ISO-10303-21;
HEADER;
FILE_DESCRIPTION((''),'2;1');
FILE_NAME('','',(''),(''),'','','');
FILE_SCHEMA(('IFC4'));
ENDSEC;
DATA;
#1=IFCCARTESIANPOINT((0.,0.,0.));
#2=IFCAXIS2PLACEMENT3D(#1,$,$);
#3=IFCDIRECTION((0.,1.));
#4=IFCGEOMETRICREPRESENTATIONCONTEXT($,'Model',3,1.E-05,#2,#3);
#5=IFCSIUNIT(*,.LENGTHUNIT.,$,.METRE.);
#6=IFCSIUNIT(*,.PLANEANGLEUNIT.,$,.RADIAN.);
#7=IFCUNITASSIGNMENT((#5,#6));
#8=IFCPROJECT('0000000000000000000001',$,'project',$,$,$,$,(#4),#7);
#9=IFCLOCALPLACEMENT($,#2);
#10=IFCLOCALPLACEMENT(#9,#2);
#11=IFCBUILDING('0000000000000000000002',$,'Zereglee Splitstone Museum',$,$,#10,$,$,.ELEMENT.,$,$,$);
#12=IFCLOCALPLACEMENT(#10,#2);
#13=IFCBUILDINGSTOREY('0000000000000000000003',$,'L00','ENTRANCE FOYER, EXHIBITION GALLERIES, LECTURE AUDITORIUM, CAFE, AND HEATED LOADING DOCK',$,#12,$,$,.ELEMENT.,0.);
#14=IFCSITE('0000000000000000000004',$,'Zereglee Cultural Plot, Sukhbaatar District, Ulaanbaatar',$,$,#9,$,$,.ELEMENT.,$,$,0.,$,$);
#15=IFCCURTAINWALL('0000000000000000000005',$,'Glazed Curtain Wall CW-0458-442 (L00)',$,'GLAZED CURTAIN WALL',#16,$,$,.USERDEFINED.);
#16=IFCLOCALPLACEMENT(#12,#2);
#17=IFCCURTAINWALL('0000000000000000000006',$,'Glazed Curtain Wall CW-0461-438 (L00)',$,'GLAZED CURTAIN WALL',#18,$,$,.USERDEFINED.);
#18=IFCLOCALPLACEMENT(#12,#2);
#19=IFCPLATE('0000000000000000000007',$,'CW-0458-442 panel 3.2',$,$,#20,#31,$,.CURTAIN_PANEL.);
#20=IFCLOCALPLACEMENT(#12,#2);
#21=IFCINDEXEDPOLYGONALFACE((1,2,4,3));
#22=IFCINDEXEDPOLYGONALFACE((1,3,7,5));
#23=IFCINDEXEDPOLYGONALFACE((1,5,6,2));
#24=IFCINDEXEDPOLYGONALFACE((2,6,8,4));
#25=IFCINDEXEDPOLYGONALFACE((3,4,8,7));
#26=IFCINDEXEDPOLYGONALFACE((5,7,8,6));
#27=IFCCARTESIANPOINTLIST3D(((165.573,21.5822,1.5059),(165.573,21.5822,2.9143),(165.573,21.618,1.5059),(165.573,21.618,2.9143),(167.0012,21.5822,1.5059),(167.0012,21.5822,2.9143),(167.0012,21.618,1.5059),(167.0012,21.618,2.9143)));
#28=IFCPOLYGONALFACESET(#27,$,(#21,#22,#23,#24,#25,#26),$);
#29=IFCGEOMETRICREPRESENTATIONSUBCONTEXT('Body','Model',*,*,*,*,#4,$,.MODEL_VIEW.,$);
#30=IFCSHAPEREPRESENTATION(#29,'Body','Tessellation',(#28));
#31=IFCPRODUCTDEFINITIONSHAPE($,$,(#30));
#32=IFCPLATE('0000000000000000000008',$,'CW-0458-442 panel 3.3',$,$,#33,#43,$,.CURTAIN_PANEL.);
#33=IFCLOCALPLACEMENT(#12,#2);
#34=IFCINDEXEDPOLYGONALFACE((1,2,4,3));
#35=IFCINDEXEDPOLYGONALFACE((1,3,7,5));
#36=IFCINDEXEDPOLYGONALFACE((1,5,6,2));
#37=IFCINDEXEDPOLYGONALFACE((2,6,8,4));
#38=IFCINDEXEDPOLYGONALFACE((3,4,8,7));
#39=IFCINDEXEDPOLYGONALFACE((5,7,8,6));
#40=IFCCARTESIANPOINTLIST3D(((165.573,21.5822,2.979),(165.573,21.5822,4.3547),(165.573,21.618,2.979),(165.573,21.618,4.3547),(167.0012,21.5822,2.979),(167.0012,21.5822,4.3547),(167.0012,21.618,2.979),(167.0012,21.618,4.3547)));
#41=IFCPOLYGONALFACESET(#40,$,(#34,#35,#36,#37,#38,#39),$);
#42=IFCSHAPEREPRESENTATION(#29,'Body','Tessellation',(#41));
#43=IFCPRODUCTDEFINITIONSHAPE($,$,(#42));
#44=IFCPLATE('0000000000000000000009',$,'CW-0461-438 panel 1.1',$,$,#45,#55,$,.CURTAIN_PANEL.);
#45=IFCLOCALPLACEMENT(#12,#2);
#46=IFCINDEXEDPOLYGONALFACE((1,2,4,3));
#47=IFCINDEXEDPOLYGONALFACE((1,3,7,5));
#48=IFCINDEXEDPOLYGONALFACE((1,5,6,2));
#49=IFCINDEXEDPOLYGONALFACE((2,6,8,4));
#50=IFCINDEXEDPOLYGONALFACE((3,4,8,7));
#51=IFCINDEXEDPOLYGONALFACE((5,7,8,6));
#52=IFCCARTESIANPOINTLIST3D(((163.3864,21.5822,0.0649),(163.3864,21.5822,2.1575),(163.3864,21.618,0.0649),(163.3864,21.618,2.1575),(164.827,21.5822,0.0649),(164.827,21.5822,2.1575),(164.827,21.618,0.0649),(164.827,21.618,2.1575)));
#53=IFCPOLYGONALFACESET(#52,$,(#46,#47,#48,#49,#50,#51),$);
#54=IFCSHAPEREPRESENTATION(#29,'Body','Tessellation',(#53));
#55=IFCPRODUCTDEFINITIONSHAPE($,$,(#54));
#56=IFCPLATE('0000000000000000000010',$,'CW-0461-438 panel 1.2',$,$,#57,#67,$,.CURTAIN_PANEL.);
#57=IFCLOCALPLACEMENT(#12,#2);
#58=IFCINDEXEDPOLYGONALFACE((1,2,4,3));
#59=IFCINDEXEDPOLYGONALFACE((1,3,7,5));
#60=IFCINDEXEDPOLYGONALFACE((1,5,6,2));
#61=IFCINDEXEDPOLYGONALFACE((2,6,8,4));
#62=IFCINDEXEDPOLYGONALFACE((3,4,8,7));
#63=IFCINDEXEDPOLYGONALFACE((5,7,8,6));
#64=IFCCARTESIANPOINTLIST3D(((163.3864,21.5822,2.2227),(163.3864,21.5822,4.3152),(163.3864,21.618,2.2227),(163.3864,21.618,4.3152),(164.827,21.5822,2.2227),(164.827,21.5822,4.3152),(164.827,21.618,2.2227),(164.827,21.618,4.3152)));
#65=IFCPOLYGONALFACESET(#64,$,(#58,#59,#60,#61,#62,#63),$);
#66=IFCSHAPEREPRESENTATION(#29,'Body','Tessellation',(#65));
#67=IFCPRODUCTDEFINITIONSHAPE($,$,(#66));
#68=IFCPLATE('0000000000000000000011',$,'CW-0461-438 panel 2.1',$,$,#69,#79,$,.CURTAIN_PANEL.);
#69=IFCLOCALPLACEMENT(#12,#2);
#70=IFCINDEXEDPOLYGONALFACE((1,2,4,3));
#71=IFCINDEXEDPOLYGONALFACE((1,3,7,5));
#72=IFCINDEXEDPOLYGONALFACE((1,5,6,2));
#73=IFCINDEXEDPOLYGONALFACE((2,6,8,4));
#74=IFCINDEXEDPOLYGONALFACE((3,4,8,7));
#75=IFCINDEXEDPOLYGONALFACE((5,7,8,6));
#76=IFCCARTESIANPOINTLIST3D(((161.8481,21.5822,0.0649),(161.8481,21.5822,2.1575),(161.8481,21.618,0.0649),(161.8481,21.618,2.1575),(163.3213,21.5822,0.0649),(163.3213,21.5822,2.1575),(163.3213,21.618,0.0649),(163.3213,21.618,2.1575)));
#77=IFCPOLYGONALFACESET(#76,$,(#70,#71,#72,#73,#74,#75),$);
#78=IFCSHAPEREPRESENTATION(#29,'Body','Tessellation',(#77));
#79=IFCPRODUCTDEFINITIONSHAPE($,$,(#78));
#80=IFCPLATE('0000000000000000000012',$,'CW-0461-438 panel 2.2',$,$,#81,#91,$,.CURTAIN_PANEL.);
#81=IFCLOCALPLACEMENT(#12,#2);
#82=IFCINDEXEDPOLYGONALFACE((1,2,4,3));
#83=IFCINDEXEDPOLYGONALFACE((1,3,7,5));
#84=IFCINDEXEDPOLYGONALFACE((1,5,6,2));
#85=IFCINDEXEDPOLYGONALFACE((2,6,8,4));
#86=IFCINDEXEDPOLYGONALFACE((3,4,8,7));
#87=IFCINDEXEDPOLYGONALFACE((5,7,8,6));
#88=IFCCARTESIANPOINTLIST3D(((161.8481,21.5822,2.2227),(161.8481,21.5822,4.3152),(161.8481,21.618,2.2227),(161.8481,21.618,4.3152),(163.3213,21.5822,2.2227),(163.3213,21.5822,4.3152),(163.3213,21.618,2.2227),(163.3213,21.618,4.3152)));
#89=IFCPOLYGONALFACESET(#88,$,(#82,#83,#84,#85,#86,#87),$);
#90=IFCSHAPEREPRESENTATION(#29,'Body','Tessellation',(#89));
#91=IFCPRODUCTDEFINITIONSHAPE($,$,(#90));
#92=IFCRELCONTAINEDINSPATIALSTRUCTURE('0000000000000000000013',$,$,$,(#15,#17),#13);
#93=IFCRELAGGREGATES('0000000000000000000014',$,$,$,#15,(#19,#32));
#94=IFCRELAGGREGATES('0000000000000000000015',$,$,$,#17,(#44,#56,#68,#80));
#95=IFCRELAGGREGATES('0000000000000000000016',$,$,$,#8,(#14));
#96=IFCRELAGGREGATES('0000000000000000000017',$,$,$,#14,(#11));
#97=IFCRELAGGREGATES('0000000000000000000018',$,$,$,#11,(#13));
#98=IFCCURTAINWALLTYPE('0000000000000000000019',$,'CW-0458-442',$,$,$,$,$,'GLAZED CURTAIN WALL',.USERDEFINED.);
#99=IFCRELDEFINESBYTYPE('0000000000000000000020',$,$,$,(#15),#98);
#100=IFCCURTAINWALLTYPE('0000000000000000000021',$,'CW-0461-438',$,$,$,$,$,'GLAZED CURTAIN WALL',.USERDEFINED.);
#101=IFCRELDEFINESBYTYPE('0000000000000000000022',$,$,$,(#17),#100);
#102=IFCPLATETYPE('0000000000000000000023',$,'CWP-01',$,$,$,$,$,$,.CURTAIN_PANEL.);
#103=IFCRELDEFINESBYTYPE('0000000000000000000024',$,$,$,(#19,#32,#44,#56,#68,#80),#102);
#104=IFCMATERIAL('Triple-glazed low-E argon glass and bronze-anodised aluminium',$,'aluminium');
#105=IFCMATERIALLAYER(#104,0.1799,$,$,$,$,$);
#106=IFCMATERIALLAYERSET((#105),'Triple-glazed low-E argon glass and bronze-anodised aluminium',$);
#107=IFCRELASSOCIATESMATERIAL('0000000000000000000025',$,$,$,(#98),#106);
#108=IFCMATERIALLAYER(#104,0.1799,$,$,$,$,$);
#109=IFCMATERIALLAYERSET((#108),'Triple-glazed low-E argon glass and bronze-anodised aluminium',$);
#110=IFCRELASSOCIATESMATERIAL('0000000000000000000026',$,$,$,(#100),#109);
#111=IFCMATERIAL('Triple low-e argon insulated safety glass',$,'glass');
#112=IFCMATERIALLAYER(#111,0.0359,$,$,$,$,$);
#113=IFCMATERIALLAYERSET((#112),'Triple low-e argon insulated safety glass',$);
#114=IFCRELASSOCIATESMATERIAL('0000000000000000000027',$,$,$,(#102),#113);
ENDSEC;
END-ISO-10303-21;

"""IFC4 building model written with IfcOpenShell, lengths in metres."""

from ifc_helpers import new_model, si_unit, direction, frame, origin, origin_2d, place, context, subcontext, project, spatial, rectangle, extrude, material, layer, layer_set, type_object, element, aggregate, save


model = new_model("IFC4")

# Units and contexts
model_context = context("Model", 3, precision=1e-05, world=origin(), true_north=direction((0.0, 1.0)))
body_context = subcontext(model_context, "Body", "Model", "MODEL_VIEW")
ifc_project = project(units=[si_unit("LENGTHUNIT", "METRE"), si_unit("PLANEANGLEUNIT", "RADIAN")], contexts=[model_context])

# Site, building, storey
site_placement = place(None, origin())
site = spatial("IfcSite", under=ifc_project, at=site_placement, Name="Zereglee Cultural Plot, Sukhbaatar District, Ulaanbaatar", CompositionType="ELEMENT", RefElevation=0.0)
building_placement = place(site_placement, origin())
building = spatial("IfcBuilding", under=site, at=building_placement, Name="Zereglee Splitstone Museum", CompositionType="ELEMENT")
storey_placement = place(building_placement, origin())
storey = spatial("IfcBuildingStorey", under=building, at=storey_placement, Name="L00", Description="ENTRANCE FOYER, EXHIBITION GALLERIES, LECTURE AUDITORIUM, CAFE, AND HEATED LOADING DOCK", CompositionType="ELEMENT", Elevation=0.0)

# Curtain walls
ifc_material_1 = material(Name="Triple-glazed low-E argon glass and bronze-anodised aluminium", Category="aluminium")
ifc_layer_1 = layer(ifc_material_1, 0.1799)
ifc_layer_set_1 = layer_set([ifc_layer_1], Name="Triple-glazed low-E argon glass and bronze-anodised aluminium")
curtain_wall_type_1 = type_object("IfcCurtainWallType", Name="CW-0458-442", ElementType="GLAZED CURTAIN WALL", PredefinedType="USERDEFINED", material=ifc_layer_set_1)
curtain_wall_1_placement = place(storey_placement, origin())
curtain_wall_1 = element("IfcCurtainWall", 1, at=curtain_wall_1_placement, inside=storey, type_object=curtain_wall_type_1, Name="Glazed Curtain Wall CW-0458-442 (L00)", ObjectType="GLAZED CURTAIN WALL", PredefinedType="USERDEFINED")
ifc_layer_2 = layer(ifc_material_1, 0.1799)
ifc_layer_set_2 = layer_set([ifc_layer_2], Name="Triple-glazed low-E argon glass and bronze-anodised aluminium")
curtain_wall_type_2 = type_object("IfcCurtainWallType", Name="CW-0461-438", ElementType="GLAZED CURTAIN WALL", PredefinedType="USERDEFINED", material=ifc_layer_set_2)
curtain_wall_2_placement = place(storey_placement, origin())
curtain_wall_2 = element("IfcCurtainWall", 2, at=curtain_wall_2_placement, inside=storey, type_object=curtain_wall_type_2, Name="Glazed Curtain Wall CW-0461-438 (L00)", ObjectType="GLAZED CURTAIN WALL", PredefinedType="USERDEFINED")

# Plates
ifc_material_2 = material(Name="Triple low-e argon insulated safety glass", Category="glass")
ifc_layer_3 = layer(ifc_material_2, 0.0359)
ifc_layer_set_3 = layer_set([ifc_layer_3], Name="Triple low-e argon insulated safety glass")
plate_type = type_object("IfcPlateType", Name="CWP-01", PredefinedType="CURTAIN_PANEL", material=ifc_layer_set_3)
plate_1_placement = place(storey_placement, frame((166.2871, 21.6001, 1.5059), z_axis=(0.0, 0.0, 1.0), x_axis=(-1.0, 0.0, 0.0)))
plate_1 = element("IfcPlate", 3, at=plate_1_placement, type_object=plate_type, Name="CW-0458-442 panel 3.2", PredefinedType="CURTAIN_PANEL", context=body_context, shape_type="SweptSolid", body=[
    extrude(rectangle(XDim=1.4282, YDim=0.0359, at=origin_2d()), origin(), (0.0, 0.0, 1.0), 1.4084),
])
plate_2_placement = place(storey_placement, frame((166.2871, 21.6001, 2.979), z_axis=(0.0, 0.0, 1.0), x_axis=(-1.0, 0.0, 0.0)))
plate_2 = element("IfcPlate", 4, at=plate_2_placement, type_object=plate_type, Name="CW-0458-442 panel 3.3", PredefinedType="CURTAIN_PANEL", context=body_context, shape_type="SweptSolid", body=[
    extrude(rectangle(XDim=1.4282, YDim=0.0359, at=origin_2d()), origin(), (0.0, 0.0, 1.0), 1.3757),
])
aggregate(curtain_wall_1, [plate_1, plate_2])
plate_3_placement = place(storey_placement, frame((164.1067, 21.6001, 0.0649), z_axis=(0.0, 0.0, 1.0), x_axis=(-1.0, 0.0, 0.0)))
plate_3 = element("IfcPlate", 5, at=plate_3_placement, type_object=plate_type, Name="CW-0461-438 panel 1.1", PredefinedType="CURTAIN_PANEL", context=body_context, shape_type="SweptSolid", body=[
    extrude(rectangle(XDim=1.4407, YDim=0.0359, at=origin_2d()), origin(), (0.0, 0.0, 1.0), 2.0925),
])
plate_4_placement = place(storey_placement, frame((164.1067, 21.6001, 2.2227), z_axis=(0.0, 0.0, 1.0), x_axis=(-1.0, 0.0, 0.0)))
plate_4 = element("IfcPlate", 6, at=plate_4_placement, type_object=plate_type, Name="CW-0461-438 panel 1.2", PredefinedType="CURTAIN_PANEL", context=body_context, shape_type="SweptSolid", body=[
    extrude(rectangle(XDim=1.4407, YDim=0.0359, at=origin_2d()), origin(), (0.0, 0.0, 1.0), 2.0925),
])
plate_5_placement = place(storey_placement, frame((162.5847, 21.6001, 0.0649), z_axis=(0.0, 0.0, 1.0), x_axis=(-1.0, 0.0, 0.0)))
plate_5 = element("IfcPlate", 7, at=plate_5_placement, type_object=plate_type, Name="CW-0461-438 panel 2.1", PredefinedType="CURTAIN_PANEL", context=body_context, shape_type="SweptSolid", body=[
    extrude(rectangle(XDim=1.4731, YDim=0.0359, at=origin_2d()), origin(), (0.0, 0.0, 1.0), 2.0925),
])
plate_6_placement = place(storey_placement, frame((162.5847, 21.6001, 2.2227), z_axis=(0.0, 0.0, 1.0), x_axis=(-1.0, 0.0, 0.0)))
plate_6 = element("IfcPlate", 8, at=plate_6_placement, type_object=plate_type, Name="CW-0461-438 panel 2.2", PredefinedType="CURTAIN_PANEL", context=body_context, shape_type="SweptSolid", body=[
    extrude(rectangle(XDim=1.4731, YDim=0.0359, at=origin_2d()), origin(), (0.0, 0.0, 1.0), 2.0925),
])
aggregate(curtain_wall_2, [plate_3, plate_4, plate_5, plate_6])

save(model, "model.ifc")
